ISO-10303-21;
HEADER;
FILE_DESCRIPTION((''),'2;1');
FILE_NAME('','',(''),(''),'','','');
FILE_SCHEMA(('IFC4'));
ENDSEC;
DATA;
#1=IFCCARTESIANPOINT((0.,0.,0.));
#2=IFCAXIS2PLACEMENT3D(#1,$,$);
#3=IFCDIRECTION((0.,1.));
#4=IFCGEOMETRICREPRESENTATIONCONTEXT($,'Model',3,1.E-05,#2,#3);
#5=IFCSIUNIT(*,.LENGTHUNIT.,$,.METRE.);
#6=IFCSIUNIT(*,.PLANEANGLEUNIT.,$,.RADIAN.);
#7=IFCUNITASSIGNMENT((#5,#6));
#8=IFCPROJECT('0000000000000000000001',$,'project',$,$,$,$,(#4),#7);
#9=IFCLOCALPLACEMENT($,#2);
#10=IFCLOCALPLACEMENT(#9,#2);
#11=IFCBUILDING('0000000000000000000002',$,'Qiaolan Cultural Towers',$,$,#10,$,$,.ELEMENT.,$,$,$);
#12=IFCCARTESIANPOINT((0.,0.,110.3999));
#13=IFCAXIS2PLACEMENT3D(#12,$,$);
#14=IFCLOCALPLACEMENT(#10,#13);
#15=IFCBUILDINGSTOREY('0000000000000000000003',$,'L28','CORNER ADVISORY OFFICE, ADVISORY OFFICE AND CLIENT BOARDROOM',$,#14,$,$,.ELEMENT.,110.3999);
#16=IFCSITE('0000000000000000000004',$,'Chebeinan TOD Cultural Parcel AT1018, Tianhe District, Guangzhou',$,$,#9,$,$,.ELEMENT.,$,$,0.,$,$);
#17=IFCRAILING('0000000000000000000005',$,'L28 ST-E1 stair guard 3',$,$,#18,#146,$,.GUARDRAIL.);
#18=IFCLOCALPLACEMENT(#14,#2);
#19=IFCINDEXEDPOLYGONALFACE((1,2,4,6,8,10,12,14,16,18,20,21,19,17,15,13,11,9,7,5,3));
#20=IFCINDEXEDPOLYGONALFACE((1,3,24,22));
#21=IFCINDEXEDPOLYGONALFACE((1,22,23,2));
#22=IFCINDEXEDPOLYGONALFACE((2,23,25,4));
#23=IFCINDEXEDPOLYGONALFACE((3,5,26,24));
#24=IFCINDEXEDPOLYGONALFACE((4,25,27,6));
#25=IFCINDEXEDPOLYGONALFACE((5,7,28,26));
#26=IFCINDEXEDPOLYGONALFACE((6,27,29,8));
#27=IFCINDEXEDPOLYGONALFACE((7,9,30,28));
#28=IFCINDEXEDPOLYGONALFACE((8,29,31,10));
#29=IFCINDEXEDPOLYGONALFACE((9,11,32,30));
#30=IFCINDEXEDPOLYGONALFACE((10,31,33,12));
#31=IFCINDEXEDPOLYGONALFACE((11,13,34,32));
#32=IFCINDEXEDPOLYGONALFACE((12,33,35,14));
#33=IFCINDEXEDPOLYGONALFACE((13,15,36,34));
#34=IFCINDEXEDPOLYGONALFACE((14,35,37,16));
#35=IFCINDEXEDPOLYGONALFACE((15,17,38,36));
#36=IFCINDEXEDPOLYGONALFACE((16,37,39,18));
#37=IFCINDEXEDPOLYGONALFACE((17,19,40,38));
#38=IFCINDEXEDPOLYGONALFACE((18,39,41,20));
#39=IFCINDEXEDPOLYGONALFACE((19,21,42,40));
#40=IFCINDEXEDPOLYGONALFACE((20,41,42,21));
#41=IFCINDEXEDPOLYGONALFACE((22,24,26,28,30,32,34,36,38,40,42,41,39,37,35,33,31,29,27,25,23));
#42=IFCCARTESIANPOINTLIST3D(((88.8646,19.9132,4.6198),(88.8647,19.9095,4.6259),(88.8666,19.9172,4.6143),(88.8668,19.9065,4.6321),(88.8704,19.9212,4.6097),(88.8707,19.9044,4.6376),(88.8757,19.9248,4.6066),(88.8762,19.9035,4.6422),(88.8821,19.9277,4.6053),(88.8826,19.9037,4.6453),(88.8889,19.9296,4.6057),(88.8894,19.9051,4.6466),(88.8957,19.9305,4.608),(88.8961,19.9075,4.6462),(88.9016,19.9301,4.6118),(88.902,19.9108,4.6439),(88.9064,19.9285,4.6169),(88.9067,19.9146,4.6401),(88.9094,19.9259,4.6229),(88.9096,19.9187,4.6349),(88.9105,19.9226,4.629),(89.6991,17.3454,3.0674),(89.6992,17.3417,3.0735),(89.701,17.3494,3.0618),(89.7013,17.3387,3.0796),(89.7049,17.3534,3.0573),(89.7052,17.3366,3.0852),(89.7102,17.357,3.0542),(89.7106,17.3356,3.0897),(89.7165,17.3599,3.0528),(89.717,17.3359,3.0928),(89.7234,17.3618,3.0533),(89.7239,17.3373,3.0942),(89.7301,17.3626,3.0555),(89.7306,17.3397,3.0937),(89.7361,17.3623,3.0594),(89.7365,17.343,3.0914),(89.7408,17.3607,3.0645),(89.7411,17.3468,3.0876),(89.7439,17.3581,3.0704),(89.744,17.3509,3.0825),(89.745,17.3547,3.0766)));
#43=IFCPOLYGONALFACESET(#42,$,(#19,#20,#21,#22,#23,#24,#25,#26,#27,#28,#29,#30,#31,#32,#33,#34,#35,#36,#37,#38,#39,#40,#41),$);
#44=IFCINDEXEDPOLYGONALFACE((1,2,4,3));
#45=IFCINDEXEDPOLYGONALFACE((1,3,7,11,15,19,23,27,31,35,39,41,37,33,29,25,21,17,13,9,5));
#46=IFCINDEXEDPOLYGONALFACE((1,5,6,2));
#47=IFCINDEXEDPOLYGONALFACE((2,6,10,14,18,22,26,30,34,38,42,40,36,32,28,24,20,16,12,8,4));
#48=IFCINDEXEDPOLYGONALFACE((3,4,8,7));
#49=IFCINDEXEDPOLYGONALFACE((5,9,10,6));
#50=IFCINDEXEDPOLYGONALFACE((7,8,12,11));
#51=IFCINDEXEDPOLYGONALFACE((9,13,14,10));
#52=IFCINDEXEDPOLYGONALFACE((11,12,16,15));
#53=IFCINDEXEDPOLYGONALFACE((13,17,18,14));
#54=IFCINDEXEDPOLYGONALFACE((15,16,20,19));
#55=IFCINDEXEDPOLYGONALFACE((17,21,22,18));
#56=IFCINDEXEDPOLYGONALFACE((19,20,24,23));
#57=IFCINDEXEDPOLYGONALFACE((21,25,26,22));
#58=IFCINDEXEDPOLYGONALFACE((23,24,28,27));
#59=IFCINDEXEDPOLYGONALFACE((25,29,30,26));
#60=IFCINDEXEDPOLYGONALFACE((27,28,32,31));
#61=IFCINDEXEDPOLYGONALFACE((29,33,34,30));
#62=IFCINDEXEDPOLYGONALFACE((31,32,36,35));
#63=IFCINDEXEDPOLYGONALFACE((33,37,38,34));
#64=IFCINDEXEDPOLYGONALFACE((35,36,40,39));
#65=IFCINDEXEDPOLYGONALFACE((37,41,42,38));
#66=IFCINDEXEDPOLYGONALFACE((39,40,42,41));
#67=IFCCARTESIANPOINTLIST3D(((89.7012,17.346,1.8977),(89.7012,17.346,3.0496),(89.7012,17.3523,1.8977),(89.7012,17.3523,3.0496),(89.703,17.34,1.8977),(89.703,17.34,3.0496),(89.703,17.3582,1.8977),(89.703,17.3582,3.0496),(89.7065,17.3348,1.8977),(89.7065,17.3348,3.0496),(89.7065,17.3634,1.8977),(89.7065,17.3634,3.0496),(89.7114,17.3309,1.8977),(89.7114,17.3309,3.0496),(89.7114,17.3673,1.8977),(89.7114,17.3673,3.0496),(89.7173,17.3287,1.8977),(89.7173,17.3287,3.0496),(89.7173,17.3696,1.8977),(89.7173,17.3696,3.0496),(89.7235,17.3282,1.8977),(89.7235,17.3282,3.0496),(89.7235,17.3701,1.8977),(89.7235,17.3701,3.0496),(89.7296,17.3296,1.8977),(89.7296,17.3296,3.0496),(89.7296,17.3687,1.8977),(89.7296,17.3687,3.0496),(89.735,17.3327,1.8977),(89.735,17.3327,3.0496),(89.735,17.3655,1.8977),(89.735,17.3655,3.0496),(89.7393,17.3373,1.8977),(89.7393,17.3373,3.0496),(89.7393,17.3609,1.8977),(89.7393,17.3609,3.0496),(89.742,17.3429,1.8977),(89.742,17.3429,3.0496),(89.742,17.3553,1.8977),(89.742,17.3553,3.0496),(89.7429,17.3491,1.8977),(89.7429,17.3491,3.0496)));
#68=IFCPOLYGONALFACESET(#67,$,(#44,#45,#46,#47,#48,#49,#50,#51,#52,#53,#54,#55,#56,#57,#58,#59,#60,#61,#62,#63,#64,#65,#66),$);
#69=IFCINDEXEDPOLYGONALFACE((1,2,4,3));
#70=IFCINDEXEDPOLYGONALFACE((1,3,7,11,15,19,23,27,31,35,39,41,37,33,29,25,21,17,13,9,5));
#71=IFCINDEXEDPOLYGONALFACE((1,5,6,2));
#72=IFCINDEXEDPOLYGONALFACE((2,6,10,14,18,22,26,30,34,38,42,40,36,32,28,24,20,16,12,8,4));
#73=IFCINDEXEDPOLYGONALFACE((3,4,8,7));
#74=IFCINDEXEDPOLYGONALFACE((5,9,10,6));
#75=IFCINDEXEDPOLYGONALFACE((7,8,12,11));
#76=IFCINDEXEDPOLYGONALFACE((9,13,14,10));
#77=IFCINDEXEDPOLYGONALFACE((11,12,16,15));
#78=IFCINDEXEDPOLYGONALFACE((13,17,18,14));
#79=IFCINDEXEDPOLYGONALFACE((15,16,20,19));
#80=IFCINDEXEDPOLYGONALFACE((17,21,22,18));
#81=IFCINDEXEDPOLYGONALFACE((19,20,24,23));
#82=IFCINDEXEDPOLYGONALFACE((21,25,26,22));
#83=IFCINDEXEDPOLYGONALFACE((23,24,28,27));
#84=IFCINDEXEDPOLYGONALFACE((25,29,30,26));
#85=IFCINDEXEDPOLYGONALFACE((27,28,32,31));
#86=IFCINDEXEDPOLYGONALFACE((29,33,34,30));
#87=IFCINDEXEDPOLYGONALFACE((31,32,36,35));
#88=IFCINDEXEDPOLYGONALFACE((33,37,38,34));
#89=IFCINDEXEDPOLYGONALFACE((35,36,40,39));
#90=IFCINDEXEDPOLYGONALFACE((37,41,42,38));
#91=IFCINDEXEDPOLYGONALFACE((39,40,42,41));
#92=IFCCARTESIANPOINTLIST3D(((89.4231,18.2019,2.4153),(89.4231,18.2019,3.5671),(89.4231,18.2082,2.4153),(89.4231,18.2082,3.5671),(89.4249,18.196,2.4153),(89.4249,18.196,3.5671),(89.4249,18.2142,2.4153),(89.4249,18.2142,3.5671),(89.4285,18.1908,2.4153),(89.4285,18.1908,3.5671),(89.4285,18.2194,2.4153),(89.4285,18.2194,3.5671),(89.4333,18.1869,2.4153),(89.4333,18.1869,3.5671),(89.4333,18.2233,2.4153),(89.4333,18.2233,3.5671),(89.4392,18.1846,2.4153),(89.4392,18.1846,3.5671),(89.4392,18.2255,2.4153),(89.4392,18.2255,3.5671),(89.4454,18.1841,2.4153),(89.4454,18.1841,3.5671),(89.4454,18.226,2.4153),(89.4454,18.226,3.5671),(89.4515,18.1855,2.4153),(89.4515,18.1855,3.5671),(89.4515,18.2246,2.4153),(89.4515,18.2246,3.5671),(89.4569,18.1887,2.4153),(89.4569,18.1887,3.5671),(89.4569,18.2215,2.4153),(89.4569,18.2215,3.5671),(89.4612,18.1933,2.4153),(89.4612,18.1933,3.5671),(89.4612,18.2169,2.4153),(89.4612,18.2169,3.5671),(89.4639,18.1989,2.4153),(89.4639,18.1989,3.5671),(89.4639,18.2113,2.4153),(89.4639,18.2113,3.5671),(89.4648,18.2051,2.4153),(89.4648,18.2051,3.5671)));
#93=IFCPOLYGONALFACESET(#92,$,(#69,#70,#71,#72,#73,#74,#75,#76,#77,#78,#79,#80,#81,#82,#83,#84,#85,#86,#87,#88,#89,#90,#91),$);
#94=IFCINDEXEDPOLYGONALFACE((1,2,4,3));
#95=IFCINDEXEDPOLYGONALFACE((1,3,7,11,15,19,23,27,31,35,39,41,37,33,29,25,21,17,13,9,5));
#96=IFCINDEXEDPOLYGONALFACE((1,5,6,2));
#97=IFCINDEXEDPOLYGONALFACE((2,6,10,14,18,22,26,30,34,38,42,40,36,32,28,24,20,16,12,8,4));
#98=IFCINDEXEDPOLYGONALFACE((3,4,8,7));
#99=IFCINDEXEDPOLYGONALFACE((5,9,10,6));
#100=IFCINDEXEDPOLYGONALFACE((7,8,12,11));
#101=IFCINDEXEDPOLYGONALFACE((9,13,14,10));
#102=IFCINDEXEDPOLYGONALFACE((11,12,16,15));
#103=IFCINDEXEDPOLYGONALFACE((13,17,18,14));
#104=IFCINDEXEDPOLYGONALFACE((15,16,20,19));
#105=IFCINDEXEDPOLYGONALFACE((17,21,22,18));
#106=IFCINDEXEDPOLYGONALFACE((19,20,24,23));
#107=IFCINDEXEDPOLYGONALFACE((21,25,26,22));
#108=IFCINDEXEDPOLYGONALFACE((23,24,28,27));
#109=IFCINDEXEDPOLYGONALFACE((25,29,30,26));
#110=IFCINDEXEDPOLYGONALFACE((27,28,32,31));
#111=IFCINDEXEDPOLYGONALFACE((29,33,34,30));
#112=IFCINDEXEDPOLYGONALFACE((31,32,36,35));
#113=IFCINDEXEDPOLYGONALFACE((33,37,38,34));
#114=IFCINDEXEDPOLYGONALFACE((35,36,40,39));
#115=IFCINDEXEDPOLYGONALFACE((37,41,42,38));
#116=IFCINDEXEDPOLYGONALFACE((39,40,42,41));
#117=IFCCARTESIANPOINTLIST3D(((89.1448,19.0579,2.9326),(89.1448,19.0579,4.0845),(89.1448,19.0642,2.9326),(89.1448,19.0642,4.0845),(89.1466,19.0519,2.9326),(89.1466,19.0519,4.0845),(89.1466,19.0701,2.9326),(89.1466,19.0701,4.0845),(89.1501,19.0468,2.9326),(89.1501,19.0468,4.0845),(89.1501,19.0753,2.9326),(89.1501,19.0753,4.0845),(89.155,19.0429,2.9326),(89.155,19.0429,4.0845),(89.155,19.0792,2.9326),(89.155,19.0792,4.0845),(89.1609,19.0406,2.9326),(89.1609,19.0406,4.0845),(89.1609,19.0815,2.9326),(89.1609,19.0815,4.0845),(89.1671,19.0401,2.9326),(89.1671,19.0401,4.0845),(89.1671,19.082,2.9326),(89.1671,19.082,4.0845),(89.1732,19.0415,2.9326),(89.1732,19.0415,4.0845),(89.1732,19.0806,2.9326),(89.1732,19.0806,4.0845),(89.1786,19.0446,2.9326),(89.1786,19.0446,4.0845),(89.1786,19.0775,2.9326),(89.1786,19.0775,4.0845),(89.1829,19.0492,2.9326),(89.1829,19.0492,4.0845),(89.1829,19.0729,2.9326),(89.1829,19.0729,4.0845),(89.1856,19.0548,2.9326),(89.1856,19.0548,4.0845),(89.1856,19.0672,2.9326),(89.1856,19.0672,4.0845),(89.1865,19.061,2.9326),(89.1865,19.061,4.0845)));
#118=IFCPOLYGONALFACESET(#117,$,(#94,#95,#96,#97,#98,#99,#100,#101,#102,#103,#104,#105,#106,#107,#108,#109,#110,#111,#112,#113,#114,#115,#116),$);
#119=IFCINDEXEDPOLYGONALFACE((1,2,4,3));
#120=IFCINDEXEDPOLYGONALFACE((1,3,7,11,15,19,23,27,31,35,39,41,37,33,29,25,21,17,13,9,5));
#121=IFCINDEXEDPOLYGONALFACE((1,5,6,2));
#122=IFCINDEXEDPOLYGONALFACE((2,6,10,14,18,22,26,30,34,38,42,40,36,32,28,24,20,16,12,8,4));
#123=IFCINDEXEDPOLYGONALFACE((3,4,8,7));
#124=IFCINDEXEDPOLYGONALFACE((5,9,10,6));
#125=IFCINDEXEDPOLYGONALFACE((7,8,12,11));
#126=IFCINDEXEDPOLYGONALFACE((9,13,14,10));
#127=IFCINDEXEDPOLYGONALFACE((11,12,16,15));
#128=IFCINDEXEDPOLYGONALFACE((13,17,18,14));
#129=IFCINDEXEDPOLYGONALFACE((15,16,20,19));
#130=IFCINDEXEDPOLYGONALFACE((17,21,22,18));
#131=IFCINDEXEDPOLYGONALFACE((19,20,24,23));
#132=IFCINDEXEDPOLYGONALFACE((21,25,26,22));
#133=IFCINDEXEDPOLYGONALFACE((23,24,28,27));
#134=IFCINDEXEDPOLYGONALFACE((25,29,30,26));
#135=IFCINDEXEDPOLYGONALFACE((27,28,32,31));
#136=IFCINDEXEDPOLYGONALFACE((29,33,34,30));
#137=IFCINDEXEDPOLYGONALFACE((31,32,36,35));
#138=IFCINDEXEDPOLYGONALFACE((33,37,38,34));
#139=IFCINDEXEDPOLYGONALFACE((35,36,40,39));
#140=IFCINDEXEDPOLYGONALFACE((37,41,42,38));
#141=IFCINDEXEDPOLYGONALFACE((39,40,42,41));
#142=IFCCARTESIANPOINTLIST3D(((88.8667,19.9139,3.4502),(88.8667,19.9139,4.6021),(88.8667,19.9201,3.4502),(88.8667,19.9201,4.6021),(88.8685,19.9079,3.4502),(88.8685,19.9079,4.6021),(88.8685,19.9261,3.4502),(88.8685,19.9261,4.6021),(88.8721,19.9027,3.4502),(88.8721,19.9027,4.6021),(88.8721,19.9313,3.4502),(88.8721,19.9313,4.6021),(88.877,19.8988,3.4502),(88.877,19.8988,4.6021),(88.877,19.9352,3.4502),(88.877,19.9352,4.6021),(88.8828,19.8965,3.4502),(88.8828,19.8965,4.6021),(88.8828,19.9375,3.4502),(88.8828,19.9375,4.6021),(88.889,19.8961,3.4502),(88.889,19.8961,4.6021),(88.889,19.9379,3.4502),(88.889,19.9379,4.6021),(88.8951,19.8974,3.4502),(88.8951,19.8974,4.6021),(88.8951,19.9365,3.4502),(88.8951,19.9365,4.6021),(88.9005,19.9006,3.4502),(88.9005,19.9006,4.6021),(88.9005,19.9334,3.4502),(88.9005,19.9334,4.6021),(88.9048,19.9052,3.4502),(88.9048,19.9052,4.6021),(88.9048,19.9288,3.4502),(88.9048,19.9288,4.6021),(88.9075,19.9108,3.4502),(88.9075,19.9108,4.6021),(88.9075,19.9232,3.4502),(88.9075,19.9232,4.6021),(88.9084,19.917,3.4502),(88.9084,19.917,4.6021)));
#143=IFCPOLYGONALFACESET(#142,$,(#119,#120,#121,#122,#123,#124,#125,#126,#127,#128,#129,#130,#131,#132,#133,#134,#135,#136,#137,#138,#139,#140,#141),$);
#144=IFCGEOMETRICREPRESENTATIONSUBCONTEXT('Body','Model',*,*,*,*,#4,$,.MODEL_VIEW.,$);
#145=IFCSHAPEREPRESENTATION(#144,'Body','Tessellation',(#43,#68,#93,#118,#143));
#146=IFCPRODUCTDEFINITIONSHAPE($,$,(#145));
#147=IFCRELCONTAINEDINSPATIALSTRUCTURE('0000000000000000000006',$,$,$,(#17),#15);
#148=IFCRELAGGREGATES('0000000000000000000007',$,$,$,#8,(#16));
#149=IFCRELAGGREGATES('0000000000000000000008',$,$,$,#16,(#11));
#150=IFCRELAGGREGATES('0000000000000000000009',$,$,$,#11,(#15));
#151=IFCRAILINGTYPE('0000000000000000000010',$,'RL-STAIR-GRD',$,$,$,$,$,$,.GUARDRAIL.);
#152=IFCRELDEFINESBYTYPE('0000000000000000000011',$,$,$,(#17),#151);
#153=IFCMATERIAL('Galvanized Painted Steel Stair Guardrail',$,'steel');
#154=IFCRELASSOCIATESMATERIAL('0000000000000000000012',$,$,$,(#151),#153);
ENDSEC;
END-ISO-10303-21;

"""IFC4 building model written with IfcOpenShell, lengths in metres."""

from ifc_helpers import new_model, si_unit, direction, frame, origin, origin_2d, place, context, subcontext, project, spatial, circle, extrude, material, type_object, element, save


model = new_model("IFC4")

# Units and contexts
model_context = context("Model", 3, precision=1e-05, world=origin(), true_north=direction((0.0, 1.0)))
body_context = subcontext(model_context, "Body", "Model", "MODEL_VIEW")
ifc_project = project(units=[si_unit("LENGTHUNIT", "METRE"), si_unit("PLANEANGLEUNIT", "RADIAN")], contexts=[model_context])

# Site, building, storey
site_placement = place(None, origin())
site = spatial("IfcSite", under=ifc_project, at=site_placement, Name="Chebeinan TOD Cultural Parcel AT1018, Tianhe District, Guangzhou", CompositionType="ELEMENT", RefElevation=0.0)
building_placement = place(site_placement, origin())
building = spatial("IfcBuilding", under=site, at=building_placement, Name="Qiaolan Cultural Towers", CompositionType="ELEMENT")
storey_placement = place(building_placement, frame((0.0, 0.0, 110.3999)))
storey = spatial("IfcBuildingStorey", under=building, at=storey_placement, Name="L28", Description="CORNER ADVISORY OFFICE, ADVISORY OFFICE AND CLIENT BOARDROOM", CompositionType="ELEMENT", Elevation=110.3999)

# Railing
ifc_material_1 = material(Name="Galvanized Painted Steel Stair Guardrail", Category="steel")
railing_type_1 = type_object("IfcRailingType", Name="RL-STAIR-GRD", PredefinedType="GUARDRAIL", material=ifc_material_1)
railing_1_placement = place(storey_placement, frame((89.7219, 17.3491, 1.8977)))
element("IfcRailing", 1, at=railing_1_placement, inside=storey, type_object=railing_type_1, Name="L28 ST-E1 stair guard 3", PredefinedType="GUARDRAIL", context=body_context, shape_type="SweptSolid", body=[
    extrude(circle(Radius=0.0239, at=origin_2d()), frame((0.0, 0.0, 1.1758), z_axis=(-0.267926, 0.824471, 0.498461), x_axis=(-0.951043, -0.309057, 0.0)), (0.0, 0.0, 1.0), 3.1145),
    extrude(circle(Radius=0.021, at=origin_2d()), origin(), (0.0, 0.0, 1.0), 1.1519),
    extrude(circle(Radius=0.021, at=origin_2d()), frame((-0.2781, 0.856, 0.5176)), (0.0, 0.0, 1.0), 1.1519),
    extrude(circle(Radius=0.021, at=origin_2d()), frame((-0.5564, 1.7119, 1.0349)), (0.0, 0.0, 1.0), 1.1519),
    extrude(circle(Radius=0.021, at=origin_2d()), frame((-0.8345, 2.5679, 1.5525)), (0.0, 0.0, 1.0), 1.1519),
])

save(model, "model.ifc")
